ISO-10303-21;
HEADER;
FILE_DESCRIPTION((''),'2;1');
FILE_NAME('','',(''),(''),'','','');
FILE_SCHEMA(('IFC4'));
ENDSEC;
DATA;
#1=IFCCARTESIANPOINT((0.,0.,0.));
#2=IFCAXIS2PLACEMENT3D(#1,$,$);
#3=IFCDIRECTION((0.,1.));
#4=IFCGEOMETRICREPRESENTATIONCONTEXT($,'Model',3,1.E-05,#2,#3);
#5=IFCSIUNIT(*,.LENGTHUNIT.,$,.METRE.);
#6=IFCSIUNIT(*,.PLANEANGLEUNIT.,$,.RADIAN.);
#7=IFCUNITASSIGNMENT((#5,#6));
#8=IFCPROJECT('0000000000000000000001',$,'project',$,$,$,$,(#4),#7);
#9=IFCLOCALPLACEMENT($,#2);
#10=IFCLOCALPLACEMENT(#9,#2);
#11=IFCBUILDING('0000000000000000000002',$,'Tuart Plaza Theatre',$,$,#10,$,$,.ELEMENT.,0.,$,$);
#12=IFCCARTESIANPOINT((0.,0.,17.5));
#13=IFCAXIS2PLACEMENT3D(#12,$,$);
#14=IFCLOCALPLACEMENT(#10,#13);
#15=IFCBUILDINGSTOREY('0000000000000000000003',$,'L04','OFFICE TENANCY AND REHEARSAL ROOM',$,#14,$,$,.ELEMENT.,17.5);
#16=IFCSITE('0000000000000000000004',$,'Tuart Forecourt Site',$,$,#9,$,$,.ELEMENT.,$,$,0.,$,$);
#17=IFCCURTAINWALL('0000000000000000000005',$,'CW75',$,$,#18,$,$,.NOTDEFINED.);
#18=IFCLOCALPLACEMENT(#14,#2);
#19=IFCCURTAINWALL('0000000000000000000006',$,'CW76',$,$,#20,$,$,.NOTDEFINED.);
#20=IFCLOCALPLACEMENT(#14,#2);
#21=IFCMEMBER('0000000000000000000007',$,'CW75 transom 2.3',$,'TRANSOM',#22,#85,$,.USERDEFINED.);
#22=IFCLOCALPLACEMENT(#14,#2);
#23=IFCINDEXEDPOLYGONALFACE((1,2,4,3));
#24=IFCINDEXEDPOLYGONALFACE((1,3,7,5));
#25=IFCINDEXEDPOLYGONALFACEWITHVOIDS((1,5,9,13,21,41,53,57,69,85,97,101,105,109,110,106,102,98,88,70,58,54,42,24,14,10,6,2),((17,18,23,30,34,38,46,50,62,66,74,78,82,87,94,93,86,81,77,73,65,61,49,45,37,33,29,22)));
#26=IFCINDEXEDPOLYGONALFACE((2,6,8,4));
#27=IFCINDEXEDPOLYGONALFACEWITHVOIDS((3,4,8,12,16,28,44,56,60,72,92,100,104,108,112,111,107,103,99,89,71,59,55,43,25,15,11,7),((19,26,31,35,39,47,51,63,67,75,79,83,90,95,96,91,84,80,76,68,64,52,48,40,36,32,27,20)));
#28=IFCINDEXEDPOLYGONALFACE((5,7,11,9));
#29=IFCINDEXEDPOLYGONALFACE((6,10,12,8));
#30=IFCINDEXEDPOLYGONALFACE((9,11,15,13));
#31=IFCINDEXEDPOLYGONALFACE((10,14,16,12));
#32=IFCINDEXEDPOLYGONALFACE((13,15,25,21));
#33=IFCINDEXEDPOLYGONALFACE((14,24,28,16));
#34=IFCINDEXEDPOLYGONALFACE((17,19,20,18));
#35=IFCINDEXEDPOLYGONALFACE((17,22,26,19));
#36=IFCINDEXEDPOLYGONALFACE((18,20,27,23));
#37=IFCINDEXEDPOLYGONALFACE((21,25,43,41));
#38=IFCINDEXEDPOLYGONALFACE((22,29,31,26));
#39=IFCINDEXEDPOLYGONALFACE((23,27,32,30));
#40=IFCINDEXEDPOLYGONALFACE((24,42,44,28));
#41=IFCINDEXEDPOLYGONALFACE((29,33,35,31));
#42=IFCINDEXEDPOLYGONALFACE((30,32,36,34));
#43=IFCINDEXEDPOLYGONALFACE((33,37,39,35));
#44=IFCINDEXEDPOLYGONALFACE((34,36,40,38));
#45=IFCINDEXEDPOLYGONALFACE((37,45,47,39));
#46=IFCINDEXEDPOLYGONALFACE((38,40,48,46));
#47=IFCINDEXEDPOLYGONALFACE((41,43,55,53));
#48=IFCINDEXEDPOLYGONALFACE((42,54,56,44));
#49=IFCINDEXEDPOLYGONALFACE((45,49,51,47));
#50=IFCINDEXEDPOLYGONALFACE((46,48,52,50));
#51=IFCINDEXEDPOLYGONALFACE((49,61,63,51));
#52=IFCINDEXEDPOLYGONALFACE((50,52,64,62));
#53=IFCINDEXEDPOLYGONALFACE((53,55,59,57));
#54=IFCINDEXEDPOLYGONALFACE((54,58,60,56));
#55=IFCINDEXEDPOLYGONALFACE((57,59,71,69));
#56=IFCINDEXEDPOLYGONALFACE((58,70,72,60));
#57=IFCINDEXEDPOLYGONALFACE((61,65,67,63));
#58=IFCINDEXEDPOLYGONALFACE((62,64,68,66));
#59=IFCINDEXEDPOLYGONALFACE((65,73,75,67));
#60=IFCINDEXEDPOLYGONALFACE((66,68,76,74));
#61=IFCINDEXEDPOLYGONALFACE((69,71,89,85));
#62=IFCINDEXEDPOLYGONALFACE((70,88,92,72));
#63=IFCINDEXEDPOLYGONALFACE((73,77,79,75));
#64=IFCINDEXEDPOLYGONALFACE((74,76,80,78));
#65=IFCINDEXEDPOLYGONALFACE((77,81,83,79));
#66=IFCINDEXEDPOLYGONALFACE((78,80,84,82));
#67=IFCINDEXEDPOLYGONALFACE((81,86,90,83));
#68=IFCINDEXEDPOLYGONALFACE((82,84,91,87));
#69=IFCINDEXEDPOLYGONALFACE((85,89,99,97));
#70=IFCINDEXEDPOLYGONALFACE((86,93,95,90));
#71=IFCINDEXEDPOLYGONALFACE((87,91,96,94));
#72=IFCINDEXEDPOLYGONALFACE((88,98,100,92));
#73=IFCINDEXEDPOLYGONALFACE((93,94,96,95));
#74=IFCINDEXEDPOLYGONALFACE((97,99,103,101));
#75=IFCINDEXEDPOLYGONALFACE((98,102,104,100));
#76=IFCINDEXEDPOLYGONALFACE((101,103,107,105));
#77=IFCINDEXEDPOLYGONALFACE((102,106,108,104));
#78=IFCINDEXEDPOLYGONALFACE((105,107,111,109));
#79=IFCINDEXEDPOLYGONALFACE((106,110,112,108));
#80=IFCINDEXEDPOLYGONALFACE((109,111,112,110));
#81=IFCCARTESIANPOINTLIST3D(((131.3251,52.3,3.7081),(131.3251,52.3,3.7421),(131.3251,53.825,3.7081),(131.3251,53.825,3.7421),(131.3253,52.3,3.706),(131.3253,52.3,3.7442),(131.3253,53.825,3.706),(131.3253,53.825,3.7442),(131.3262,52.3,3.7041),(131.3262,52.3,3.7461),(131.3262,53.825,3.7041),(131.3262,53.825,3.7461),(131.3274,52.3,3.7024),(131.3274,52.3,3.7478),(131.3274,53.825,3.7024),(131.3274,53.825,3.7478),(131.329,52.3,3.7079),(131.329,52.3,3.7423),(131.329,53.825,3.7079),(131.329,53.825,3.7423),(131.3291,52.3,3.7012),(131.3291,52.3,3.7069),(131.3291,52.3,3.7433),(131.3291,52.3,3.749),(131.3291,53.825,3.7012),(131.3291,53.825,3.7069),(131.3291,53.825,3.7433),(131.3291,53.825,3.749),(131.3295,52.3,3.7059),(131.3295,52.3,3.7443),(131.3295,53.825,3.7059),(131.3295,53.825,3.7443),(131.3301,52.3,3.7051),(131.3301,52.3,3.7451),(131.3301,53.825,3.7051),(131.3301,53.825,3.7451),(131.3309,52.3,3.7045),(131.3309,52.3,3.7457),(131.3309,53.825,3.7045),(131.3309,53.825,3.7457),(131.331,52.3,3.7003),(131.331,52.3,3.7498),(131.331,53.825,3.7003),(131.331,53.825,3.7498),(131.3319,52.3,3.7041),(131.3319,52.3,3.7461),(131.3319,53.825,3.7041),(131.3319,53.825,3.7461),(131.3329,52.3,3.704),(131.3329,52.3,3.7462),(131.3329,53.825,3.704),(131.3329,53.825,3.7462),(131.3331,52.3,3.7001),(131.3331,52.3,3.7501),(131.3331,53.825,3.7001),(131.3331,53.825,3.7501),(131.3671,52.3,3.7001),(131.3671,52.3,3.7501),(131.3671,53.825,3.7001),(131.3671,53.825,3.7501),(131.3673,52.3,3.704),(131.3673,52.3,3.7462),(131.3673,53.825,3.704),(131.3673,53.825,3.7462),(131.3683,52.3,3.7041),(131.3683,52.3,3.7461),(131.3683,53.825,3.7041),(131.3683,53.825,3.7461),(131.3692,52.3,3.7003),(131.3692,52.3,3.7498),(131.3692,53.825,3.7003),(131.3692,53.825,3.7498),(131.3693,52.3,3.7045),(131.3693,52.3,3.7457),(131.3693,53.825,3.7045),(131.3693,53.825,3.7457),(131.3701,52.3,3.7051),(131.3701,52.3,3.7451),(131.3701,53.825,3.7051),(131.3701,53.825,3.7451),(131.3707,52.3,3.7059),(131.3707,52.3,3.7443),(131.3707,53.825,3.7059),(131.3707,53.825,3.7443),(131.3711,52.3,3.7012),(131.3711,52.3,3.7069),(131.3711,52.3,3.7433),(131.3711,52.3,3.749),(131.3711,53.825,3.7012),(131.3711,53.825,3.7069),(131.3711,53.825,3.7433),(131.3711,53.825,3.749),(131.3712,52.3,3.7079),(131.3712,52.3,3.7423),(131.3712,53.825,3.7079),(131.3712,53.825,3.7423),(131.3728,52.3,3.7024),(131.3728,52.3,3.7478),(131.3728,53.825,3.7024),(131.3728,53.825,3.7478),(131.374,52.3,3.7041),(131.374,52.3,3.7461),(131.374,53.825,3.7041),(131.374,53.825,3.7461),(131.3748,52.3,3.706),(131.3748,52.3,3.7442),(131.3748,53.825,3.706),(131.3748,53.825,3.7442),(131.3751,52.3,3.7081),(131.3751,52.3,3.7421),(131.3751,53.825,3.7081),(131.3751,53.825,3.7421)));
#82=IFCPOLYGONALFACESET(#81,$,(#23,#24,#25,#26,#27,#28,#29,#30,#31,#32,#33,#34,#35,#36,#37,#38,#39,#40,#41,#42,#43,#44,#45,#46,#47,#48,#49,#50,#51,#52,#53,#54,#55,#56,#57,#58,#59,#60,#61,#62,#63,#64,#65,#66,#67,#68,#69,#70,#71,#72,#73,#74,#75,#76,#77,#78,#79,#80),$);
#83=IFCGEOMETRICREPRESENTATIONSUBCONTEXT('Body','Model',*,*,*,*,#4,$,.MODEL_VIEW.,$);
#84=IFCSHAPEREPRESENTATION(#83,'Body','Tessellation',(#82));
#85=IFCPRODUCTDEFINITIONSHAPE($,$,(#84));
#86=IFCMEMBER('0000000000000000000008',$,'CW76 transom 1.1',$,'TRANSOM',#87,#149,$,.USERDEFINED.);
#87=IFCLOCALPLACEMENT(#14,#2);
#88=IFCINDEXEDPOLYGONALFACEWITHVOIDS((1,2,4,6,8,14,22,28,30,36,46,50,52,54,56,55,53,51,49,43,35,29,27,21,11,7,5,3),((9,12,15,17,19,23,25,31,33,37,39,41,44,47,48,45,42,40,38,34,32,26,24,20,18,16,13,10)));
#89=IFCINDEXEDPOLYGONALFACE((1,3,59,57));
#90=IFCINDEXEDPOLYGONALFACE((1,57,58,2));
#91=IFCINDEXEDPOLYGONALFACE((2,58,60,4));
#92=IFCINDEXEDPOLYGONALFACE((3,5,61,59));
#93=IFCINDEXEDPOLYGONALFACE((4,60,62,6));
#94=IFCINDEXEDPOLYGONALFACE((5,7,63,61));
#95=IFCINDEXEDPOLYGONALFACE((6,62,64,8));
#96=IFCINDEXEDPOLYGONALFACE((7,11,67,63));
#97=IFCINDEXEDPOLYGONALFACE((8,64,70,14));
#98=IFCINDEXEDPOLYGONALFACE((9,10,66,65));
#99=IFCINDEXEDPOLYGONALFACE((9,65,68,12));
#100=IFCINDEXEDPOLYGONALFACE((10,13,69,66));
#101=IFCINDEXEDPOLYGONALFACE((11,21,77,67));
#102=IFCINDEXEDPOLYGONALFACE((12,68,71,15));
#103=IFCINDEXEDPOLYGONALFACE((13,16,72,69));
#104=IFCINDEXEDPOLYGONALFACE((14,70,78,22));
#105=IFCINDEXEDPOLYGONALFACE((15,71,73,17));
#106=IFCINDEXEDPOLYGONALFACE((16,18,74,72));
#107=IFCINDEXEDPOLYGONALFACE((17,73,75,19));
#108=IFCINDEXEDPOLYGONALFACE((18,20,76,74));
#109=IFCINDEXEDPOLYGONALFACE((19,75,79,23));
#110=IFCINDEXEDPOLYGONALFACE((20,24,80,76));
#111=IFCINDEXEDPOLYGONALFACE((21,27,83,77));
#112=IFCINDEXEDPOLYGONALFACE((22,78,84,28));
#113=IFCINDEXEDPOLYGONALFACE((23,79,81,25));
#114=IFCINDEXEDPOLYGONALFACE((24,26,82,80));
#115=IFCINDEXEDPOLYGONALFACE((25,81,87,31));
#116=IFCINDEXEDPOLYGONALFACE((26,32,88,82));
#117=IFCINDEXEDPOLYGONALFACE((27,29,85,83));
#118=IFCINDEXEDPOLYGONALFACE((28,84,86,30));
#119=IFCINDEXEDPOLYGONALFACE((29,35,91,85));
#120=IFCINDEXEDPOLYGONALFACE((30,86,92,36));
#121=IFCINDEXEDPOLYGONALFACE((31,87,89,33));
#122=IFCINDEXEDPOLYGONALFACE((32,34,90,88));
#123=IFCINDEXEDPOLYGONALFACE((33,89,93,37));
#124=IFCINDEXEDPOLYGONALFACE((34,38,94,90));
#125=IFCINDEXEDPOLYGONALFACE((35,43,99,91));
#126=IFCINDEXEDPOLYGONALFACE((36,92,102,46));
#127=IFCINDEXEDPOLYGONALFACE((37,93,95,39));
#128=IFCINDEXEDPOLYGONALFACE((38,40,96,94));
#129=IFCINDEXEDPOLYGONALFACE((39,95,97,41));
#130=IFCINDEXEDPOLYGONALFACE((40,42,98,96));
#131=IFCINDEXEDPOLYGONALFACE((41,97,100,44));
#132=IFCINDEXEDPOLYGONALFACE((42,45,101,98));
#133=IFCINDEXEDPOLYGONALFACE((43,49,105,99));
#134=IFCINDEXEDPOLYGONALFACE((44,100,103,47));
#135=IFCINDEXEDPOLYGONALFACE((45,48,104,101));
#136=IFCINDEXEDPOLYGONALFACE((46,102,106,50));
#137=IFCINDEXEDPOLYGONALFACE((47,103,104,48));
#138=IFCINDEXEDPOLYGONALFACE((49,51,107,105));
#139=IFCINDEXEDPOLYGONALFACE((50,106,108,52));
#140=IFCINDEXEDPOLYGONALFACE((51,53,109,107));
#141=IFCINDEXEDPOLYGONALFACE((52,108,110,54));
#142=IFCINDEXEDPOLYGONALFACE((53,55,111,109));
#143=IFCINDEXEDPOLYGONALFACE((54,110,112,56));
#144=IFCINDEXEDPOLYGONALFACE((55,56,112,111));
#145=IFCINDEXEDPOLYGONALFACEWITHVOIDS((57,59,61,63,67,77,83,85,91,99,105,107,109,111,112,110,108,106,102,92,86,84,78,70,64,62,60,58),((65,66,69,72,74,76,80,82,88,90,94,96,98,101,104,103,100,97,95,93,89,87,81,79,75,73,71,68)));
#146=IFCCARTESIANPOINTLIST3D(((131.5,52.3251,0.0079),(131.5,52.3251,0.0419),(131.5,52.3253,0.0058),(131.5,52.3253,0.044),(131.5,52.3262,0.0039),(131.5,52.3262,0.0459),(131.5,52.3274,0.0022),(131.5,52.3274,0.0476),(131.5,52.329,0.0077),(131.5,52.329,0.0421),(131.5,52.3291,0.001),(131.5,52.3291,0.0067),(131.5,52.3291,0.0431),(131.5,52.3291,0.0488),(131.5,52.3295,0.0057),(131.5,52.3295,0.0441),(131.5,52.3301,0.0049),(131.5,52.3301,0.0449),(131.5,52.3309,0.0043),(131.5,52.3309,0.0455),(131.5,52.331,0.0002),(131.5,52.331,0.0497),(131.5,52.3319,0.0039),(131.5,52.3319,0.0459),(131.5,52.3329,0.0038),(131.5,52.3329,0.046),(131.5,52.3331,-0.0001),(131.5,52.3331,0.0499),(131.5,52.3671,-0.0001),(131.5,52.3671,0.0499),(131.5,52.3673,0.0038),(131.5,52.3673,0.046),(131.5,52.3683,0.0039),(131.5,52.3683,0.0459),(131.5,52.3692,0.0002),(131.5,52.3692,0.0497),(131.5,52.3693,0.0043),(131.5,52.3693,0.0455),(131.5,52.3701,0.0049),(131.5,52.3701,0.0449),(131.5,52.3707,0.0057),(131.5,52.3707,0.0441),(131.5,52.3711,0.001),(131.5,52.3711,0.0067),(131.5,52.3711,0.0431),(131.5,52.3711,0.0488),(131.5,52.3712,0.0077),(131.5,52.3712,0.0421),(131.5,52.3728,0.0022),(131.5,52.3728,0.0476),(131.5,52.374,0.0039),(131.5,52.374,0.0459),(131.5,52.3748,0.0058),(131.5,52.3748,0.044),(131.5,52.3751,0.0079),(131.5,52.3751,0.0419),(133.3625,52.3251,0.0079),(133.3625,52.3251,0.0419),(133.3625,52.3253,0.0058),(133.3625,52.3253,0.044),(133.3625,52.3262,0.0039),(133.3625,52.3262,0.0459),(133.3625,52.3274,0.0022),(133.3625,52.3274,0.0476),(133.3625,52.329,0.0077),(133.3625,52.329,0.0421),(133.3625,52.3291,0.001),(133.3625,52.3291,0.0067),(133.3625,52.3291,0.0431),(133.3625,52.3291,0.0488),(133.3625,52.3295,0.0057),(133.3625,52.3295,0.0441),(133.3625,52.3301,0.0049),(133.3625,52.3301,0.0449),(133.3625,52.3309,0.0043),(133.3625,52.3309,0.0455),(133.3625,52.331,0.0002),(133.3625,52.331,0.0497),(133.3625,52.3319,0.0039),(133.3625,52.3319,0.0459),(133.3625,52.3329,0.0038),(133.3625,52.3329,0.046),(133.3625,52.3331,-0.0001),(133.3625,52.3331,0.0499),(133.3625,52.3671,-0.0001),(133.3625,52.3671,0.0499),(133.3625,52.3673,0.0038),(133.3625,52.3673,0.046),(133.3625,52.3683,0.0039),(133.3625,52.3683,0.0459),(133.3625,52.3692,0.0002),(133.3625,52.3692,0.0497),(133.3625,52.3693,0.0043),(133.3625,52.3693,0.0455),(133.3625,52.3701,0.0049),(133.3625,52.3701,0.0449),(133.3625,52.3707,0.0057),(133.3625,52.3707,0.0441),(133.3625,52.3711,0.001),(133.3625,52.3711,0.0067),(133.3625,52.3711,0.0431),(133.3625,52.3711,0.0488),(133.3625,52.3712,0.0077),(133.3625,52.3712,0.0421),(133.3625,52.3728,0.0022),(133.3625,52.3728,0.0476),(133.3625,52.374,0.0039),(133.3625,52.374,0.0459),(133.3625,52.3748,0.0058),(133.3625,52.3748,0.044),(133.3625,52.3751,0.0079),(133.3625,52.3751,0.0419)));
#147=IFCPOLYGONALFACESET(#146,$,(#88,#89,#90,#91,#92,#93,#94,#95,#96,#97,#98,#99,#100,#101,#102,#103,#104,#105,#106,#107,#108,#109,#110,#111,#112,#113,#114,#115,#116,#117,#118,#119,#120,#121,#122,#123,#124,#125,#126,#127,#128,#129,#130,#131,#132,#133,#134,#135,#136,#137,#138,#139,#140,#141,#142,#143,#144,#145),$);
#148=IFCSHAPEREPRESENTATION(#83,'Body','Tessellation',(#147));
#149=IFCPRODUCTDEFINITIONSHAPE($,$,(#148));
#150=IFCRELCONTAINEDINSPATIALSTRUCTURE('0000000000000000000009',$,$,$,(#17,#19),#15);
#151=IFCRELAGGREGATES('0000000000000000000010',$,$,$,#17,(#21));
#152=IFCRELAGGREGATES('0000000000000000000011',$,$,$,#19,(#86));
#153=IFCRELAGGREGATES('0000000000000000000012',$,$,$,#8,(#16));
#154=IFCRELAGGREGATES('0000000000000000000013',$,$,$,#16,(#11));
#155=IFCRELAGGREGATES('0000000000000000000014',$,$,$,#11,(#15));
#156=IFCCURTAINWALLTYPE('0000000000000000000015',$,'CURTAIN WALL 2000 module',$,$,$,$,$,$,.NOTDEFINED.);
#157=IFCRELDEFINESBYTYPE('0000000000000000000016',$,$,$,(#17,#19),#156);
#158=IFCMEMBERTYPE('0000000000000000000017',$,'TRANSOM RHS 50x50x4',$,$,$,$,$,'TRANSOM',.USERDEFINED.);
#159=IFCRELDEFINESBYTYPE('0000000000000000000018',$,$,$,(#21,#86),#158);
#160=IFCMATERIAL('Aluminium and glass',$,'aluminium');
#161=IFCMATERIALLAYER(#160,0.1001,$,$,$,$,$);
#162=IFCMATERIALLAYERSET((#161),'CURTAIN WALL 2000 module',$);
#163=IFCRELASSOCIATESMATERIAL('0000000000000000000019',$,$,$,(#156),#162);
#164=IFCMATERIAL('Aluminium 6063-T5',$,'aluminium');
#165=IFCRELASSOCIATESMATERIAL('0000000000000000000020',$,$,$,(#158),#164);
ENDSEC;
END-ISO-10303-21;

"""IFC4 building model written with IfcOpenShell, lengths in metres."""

from ifc_helpers import new_model, si_unit, direction, frame, origin, origin_2d, place, context, subcontext, project, spatial, hollow_rectangle, extrude, material, layer, layer_set, material_profile, profile_set, type_object, element, aggregate, save


model = new_model("IFC4")

# Units and contexts
model_context = context("Model", 3, precision=1e-05, world=origin(), true_north=direction((0.0, 1.0)))
body_context = subcontext(model_context, "Body", "Model", "MODEL_VIEW")
ifc_project = project(units=[si_unit("LENGTHUNIT", "METRE"), si_unit("PLANEANGLEUNIT", "RADIAN")], contexts=[model_context])

# Site, building, storey
site_placement = place(None, origin())
site = spatial("IfcSite", under=ifc_project, at=site_placement, Name="Tuart Forecourt Site", CompositionType="ELEMENT", RefElevation=0.0)
building_placement = place(site_placement, origin())
building = spatial("IfcBuilding", under=site, at=building_placement, Name="Tuart Plaza Theatre", CompositionType="ELEMENT", ElevationOfRefHeight=0.0)
storey_placement = place(building_placement, frame((0.0, 0.0, 17.5)))
storey = spatial("IfcBuildingStorey", under=building, at=storey_placement, Name="L04", Description="OFFICE TENANCY AND REHEARSAL ROOM", CompositionType="ELEMENT", Elevation=17.5)

# Curtain walls
ifc_material_1 = material(Name="Aluminium and glass", Category="aluminium")
ifc_layer_1 = layer(ifc_material_1, 0.1001)
ifc_layer_set_1 = layer_set([ifc_layer_1], Name="CURTAIN WALL 2000 module")
curtain_wall_type = type_object("IfcCurtainWallType", Name="CURTAIN WALL 2000 module", PredefinedType="NOTDEFINED", material=ifc_layer_set_1)
curtain_wall_1_placement = place(storey_placement, origin())
curtain_wall_1 = element("IfcCurtainWall", 1, at=curtain_wall_1_placement, inside=storey, type_object=curtain_wall_type, Name="CW75", PredefinedType="NOTDEFINED")
curtain_wall_2_placement = place(storey_placement, origin())
curtain_wall_2 = element("IfcCurtainWall", 2, at=curtain_wall_2_placement, inside=storey, type_object=curtain_wall_type, Name="CW76", PredefinedType="NOTDEFINED")

# Members
ifc_material_2 = material(Name="Aluminium 6063-T5", Category="aluminium")
ifc_material_profile_1 = material_profile(ifc_material_2, hollow_rectangle(XDim=0.05, YDim=0.05, WallThickness=0.0039, InnerFilletRadius=0.0039, OuterFilletRadius=0.0081, at=origin_2d()), Name="RHS 50x50x4")
ifc_profile_set_1 = profile_set([ifc_material_profile_1], Name="Aluminium 6063-T5")
member_type_1 = type_object("IfcMemberType", Name="TRANSOM RHS 50x50x4", ElementType="TRANSOM", PredefinedType="USERDEFINED", material=ifc_profile_set_1)
member_1_placement = place(storey_placement, frame((131.3501, 53.825, 3.7251), z_axis=(0.0, -1.0, 0.0), x_axis=(1.0, 0.0, 0.0)))
member_1 = element("IfcMember", 3, at=member_1_placement, type_object=member_type_1, Name="CW75 transom 2.3", ObjectType="TRANSOM", PredefinedType="USERDEFINED", context=body_context, shape_type="SweptSolid", body=[
    extrude(hollow_rectangle(XDim=0.05, YDim=0.05, WallThickness=0.0039, InnerFilletRadius=0.0039, OuterFilletRadius=0.0081, at=origin_2d()), origin(), (0.0, 0.0, 1.0), 1.5249),
])
member_2_placement = place(storey_placement, frame((131.5, 52.3501, 0.0249), z_axis=(1.0, 0.0, 0.0), x_axis=(0.0, 1.0, 0.0)))
member_2 = element("IfcMember", 4, at=member_2_placement, type_object=member_type_1, Name="CW76 transom 1.1", ObjectType="TRANSOM", PredefinedType="USERDEFINED", context=body_context, shape_type="SweptSolid", body=[
    extrude(hollow_rectangle(XDim=0.05, YDim=0.05, WallThickness=0.0039, InnerFilletRadius=0.0039, OuterFilletRadius=0.0081, at=origin_2d()), origin(), (0.0, 0.0, 1.0), 1.8625),
])

aggregate(curtain_wall_1, [member_1])
aggregate(curtain_wall_2, [member_2])

save(model, "model.ifc")
